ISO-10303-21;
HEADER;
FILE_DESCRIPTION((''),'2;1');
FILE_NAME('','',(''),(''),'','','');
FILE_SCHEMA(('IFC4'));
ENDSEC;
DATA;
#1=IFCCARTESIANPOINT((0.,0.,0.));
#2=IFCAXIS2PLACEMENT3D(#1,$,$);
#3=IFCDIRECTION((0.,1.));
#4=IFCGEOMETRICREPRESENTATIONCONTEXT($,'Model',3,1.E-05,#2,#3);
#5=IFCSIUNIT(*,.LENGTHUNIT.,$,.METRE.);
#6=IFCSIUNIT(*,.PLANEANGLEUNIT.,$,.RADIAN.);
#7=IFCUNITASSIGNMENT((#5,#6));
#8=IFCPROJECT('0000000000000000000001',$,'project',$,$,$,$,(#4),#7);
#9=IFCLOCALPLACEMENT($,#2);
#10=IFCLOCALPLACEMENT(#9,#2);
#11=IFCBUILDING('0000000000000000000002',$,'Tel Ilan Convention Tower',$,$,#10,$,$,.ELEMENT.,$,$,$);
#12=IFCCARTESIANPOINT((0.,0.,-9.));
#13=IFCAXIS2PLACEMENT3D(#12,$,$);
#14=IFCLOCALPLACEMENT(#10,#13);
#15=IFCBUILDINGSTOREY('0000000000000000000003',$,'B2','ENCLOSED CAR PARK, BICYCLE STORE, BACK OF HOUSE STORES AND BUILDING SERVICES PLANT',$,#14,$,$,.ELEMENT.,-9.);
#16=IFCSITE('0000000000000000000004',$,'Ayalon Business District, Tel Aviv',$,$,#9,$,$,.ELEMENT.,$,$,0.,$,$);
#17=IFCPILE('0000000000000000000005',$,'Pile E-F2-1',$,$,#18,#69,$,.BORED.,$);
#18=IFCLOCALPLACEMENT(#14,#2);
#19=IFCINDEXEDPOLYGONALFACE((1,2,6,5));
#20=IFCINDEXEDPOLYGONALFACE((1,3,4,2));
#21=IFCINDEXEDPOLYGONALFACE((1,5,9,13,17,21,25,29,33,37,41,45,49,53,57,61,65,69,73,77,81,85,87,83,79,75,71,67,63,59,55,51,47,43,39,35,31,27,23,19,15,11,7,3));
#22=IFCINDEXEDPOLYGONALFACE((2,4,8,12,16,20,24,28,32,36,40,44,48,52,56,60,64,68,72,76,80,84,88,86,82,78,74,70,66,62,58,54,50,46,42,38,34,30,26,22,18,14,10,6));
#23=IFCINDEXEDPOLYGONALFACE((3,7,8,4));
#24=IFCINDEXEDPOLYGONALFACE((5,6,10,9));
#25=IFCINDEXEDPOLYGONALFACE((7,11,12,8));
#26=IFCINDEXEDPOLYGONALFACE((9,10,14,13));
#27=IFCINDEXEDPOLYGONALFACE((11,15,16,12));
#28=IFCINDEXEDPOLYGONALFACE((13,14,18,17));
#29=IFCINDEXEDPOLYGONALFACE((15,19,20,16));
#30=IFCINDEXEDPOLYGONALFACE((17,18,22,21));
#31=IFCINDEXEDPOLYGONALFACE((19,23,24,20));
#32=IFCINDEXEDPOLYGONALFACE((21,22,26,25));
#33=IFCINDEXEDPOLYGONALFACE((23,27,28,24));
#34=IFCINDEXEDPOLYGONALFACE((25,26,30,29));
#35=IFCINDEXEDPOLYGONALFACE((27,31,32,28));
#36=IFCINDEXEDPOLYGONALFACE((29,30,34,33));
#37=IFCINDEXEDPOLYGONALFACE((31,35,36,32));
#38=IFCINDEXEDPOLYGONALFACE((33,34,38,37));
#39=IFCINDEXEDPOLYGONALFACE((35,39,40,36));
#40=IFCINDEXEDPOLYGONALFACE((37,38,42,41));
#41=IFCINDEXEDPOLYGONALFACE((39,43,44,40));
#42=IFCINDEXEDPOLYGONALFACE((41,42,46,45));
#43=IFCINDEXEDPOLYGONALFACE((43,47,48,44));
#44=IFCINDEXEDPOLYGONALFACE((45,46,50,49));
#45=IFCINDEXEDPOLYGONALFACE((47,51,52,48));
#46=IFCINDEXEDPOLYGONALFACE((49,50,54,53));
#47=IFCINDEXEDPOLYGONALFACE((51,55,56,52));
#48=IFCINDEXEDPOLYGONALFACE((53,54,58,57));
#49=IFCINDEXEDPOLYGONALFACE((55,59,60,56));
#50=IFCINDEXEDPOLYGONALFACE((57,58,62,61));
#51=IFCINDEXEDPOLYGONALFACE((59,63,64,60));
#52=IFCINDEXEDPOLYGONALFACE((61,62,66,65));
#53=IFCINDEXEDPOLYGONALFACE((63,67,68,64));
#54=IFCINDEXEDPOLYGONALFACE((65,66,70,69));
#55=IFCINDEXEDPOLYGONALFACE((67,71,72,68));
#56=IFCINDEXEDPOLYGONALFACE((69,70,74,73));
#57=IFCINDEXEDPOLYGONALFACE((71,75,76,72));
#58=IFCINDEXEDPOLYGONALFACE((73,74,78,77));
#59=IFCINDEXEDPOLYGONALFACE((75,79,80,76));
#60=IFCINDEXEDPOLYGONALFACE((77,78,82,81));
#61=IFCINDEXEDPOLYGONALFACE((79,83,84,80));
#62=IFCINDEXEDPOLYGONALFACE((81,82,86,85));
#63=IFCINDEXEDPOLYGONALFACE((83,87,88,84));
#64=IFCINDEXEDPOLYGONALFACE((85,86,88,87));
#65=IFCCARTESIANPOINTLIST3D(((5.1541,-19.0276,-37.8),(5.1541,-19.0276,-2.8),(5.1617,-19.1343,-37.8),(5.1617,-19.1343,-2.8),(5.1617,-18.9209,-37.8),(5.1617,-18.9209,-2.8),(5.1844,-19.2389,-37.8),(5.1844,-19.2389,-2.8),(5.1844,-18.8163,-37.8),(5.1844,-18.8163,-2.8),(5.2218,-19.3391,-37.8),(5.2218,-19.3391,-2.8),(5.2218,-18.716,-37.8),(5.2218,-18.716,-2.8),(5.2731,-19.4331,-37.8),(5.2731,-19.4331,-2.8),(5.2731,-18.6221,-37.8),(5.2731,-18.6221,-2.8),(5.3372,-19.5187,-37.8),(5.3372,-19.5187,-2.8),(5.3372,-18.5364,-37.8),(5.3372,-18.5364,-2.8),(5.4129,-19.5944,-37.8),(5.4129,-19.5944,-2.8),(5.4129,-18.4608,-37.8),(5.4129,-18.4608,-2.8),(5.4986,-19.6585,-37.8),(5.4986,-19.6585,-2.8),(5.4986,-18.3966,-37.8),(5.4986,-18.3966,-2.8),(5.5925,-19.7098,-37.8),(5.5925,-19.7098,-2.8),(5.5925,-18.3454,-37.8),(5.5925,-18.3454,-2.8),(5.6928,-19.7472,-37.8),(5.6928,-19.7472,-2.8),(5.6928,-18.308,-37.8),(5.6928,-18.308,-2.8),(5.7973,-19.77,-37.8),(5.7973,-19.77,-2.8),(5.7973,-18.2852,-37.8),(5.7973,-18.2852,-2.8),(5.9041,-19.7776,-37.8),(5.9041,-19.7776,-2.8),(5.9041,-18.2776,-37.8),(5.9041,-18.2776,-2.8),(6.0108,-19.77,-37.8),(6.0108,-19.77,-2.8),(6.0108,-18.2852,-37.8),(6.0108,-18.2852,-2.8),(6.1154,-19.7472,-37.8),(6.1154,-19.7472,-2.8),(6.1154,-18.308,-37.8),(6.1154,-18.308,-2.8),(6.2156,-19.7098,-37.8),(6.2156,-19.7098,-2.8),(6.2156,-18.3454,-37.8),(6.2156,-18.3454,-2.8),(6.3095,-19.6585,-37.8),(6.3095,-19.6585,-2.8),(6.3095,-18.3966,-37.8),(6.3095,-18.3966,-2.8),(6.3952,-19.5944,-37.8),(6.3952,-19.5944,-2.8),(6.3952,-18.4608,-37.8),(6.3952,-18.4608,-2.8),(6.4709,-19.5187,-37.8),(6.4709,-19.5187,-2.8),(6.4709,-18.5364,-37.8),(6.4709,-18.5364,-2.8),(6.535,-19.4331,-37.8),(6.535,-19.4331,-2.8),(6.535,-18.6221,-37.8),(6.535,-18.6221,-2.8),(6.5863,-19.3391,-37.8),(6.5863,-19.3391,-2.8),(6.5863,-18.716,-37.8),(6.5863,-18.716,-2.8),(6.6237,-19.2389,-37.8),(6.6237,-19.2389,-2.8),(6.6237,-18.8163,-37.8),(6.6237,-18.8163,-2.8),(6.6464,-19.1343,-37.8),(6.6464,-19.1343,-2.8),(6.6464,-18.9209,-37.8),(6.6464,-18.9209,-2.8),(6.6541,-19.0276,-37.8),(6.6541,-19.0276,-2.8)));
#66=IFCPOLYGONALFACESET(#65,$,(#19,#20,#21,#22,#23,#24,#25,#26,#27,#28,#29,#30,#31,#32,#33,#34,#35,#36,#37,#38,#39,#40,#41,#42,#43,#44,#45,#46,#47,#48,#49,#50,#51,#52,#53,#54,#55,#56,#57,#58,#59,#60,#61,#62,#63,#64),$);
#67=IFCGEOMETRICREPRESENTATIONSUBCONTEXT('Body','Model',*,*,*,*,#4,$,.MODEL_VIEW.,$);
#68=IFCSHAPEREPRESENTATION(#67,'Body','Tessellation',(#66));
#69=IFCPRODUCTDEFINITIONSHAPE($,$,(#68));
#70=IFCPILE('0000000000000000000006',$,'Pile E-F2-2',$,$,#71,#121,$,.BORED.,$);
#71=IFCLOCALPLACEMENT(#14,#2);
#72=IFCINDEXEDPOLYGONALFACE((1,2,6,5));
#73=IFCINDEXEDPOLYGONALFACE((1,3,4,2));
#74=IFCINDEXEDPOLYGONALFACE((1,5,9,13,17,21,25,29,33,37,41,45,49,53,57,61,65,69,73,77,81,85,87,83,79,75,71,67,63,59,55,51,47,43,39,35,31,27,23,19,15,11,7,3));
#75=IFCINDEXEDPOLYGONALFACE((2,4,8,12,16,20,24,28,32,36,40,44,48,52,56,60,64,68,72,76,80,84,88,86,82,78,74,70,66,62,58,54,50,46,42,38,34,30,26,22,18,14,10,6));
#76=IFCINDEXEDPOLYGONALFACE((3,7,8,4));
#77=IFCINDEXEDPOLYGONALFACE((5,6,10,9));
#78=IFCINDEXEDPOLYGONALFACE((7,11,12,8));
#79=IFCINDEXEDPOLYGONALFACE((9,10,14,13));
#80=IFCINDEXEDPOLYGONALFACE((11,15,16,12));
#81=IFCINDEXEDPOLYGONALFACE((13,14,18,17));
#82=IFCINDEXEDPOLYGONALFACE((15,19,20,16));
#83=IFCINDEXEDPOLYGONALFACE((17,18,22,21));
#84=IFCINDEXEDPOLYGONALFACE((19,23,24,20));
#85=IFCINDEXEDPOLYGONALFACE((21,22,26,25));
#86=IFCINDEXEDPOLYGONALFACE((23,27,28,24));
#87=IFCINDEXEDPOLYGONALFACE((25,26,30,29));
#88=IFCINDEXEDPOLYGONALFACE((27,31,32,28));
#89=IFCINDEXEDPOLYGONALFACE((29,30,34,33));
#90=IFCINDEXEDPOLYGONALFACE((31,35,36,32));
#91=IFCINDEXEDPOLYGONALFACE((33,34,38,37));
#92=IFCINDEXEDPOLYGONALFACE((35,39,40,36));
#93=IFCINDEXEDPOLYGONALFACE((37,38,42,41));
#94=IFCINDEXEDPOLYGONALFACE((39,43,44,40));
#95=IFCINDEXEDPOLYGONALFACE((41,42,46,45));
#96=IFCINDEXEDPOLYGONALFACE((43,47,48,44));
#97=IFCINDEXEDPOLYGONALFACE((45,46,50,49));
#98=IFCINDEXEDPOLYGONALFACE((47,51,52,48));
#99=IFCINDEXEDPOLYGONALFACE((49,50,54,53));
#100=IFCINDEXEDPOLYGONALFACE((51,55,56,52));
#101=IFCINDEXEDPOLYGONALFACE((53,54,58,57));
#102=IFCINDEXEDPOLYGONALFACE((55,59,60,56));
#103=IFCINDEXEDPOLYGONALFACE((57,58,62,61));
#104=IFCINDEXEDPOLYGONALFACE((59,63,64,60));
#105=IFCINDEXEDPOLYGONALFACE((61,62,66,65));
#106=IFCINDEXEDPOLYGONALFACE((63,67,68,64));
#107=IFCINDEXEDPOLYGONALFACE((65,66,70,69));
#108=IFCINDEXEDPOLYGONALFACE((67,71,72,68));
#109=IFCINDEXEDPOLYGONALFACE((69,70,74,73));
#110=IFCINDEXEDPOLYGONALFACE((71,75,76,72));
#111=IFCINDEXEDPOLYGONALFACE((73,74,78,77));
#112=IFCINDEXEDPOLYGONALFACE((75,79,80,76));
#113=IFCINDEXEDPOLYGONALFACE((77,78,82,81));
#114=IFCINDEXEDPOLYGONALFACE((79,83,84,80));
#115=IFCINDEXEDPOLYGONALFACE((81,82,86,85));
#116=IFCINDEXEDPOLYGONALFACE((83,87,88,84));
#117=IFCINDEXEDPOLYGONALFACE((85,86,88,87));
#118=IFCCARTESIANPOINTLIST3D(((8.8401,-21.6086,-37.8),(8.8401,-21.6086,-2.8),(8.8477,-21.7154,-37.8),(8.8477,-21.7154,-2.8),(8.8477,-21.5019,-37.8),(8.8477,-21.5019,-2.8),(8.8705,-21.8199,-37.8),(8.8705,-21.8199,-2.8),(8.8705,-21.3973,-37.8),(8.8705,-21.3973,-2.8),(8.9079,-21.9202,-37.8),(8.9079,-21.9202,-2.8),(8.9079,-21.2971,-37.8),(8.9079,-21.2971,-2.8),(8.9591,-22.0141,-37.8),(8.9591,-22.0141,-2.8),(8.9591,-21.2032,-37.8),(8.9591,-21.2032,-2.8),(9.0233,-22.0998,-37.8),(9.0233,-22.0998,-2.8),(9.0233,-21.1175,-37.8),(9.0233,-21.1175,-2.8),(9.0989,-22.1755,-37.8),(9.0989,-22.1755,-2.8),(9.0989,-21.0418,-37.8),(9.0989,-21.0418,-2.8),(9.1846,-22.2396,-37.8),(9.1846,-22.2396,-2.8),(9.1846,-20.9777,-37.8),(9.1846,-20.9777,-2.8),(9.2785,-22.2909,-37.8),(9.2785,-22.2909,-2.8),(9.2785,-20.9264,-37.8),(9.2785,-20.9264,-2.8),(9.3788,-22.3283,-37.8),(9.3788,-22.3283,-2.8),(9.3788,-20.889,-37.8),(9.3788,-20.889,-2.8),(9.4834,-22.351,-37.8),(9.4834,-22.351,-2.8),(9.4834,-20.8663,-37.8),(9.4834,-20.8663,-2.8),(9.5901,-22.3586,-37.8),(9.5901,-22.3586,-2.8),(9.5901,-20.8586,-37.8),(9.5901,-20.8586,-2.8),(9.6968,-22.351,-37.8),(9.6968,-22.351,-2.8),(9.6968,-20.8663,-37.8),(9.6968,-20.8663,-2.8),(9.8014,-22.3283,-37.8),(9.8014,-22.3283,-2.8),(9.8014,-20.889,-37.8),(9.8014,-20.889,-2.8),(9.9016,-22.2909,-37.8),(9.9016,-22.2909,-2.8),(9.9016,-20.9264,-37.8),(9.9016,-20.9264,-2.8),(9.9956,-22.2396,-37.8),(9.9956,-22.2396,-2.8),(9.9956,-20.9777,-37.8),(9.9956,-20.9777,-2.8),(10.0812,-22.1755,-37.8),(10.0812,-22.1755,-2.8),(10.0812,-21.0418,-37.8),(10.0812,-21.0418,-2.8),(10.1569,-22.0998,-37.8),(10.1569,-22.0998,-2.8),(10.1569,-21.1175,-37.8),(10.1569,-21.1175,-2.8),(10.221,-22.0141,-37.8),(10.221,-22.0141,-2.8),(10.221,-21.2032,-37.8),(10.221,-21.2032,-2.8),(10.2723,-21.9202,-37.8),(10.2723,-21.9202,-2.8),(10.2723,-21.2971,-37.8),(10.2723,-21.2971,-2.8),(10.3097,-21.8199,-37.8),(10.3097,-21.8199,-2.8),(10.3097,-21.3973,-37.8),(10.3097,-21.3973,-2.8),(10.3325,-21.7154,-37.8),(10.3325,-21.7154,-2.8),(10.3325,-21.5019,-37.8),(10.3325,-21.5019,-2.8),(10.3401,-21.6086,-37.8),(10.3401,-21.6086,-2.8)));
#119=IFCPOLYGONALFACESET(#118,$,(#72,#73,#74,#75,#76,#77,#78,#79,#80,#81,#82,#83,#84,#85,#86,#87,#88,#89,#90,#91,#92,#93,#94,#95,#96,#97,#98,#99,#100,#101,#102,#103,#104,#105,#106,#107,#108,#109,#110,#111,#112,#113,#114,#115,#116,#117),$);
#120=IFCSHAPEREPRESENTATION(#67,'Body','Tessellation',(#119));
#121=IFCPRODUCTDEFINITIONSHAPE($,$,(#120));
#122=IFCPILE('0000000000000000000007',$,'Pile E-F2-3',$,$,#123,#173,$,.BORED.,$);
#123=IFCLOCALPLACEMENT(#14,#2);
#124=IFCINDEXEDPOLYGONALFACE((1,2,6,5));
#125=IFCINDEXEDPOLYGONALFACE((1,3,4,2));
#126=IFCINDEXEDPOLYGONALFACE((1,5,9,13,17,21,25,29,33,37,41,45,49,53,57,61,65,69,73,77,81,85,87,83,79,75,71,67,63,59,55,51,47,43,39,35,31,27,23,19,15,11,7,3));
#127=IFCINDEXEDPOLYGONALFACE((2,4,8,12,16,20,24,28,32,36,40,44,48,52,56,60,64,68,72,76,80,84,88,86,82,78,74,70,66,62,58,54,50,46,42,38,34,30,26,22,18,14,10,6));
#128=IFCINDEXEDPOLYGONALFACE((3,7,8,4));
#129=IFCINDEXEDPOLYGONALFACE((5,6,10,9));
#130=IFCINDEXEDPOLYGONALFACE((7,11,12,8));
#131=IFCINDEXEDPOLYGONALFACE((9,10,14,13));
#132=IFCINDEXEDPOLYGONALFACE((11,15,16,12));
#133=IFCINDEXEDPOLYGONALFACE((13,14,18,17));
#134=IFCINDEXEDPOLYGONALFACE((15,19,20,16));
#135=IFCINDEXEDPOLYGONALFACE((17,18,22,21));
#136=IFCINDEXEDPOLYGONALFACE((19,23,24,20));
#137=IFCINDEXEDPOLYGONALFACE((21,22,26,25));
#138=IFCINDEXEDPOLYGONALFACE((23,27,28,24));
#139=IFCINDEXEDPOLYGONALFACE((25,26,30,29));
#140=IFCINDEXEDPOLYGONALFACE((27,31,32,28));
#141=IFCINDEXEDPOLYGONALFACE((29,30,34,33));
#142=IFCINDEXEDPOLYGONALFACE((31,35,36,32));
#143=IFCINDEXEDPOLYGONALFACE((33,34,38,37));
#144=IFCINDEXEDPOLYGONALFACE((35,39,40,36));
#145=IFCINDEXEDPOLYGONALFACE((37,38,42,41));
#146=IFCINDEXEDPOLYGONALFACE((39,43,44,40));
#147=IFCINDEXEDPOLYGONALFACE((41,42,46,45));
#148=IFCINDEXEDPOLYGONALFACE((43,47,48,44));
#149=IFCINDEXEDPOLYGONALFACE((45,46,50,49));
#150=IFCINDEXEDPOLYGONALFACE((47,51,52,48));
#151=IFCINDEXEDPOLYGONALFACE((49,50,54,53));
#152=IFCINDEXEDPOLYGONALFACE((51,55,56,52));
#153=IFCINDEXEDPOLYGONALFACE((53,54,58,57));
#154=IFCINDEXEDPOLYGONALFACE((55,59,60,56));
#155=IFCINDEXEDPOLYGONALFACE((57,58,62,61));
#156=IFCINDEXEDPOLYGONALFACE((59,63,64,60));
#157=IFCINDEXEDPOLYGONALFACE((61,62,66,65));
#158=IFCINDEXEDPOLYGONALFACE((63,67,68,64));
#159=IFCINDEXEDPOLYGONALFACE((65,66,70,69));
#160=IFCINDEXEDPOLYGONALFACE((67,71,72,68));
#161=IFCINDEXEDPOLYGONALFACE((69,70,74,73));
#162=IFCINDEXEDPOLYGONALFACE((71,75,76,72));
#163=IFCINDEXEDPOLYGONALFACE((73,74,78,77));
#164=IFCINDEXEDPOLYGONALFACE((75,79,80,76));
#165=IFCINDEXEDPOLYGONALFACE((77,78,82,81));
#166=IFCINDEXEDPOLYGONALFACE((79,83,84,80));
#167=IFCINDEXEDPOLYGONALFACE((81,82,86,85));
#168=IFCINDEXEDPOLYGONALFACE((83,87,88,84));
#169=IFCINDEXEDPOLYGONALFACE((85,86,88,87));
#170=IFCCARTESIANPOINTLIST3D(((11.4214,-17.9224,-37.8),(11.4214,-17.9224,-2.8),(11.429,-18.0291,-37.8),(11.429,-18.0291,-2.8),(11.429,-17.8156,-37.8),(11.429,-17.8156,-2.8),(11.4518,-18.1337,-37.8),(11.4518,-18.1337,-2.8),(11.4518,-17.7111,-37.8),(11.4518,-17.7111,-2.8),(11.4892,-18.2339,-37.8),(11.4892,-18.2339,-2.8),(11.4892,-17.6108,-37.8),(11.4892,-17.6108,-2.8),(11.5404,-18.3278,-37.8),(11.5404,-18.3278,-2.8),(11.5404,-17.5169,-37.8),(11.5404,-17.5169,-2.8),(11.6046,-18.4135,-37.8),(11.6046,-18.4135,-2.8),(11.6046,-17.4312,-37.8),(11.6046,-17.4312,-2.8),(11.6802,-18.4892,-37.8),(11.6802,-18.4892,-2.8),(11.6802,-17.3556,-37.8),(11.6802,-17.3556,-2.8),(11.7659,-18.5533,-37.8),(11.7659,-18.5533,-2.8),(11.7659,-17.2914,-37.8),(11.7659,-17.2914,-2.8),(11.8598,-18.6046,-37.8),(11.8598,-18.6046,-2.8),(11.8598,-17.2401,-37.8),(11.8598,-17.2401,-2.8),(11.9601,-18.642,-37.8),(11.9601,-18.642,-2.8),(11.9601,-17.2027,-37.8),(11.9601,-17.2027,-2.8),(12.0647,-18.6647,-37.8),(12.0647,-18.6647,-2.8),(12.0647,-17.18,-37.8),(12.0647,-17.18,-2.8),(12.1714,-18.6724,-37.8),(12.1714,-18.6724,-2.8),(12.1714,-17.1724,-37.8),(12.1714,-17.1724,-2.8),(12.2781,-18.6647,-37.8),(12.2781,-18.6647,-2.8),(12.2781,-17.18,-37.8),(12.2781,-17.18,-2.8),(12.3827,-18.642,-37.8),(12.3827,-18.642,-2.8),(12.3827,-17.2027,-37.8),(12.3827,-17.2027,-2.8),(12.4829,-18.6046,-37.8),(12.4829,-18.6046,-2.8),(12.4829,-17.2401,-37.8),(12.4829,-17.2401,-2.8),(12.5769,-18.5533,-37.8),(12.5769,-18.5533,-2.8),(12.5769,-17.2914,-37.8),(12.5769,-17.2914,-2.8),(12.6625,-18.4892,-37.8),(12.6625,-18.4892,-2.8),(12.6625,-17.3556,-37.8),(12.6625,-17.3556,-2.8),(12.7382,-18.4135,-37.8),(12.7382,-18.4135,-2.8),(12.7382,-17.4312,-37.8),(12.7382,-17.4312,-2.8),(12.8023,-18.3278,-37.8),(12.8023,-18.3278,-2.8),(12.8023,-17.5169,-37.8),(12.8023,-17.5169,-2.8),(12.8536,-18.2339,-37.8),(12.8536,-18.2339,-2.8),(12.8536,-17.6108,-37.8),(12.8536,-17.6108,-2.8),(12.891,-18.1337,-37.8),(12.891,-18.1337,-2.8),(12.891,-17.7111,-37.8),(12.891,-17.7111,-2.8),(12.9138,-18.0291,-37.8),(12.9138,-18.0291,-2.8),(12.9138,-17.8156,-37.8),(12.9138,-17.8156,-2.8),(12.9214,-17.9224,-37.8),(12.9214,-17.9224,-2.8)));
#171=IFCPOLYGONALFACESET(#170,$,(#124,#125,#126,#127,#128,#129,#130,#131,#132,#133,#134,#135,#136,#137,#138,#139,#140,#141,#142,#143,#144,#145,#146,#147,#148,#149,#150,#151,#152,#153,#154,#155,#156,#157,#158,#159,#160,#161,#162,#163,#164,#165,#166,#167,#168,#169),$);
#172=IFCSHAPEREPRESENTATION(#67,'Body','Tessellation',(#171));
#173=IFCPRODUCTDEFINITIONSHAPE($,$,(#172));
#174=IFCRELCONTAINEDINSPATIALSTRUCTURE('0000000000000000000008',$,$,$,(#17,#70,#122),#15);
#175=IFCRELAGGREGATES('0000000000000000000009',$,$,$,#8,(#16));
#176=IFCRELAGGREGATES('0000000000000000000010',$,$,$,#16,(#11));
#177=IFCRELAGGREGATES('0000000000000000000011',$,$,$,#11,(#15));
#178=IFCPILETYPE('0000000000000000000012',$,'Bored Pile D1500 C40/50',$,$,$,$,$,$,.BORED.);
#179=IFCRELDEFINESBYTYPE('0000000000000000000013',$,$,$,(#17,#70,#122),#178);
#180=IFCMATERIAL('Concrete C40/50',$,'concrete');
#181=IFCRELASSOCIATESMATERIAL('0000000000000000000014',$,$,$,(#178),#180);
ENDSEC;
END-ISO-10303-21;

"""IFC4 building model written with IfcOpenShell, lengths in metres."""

from ifc_helpers import new_model, si_unit, direction, frame, origin, origin_2d, place, context, subcontext, project, spatial, circle, extrude, material, material_profile, profile_set, type_object, element, save


model = new_model("IFC4")

# Units and contexts
model_context = context("Model", 3, precision=1e-05, world=origin(), true_north=direction((0.0, 1.0)))
body_context = subcontext(model_context, "Body", "Model", "MODEL_VIEW")
ifc_project = project(units=[si_unit("LENGTHUNIT", "METRE"), si_unit("PLANEANGLEUNIT", "RADIAN")], contexts=[model_context])

# Site, building, storey
site_placement = place(None, origin())
site = spatial("IfcSite", under=ifc_project, at=site_placement, Name="Ayalon Business District, Tel Aviv", CompositionType="ELEMENT", RefElevation=0.0)
building_placement = place(site_placement, origin())
building = spatial("IfcBuilding", under=site, at=building_placement, Name="Tel Ilan Convention Tower", CompositionType="ELEMENT")
storey_placement = place(building_placement, frame((0.0, 0.0, -9.0)))
storey = spatial("IfcBuildingStorey", under=building, at=storey_placement, Name="B2", Description="ENCLOSED CAR PARK, BICYCLE STORE, BACK OF HOUSE STORES AND BUILDING SERVICES PLANT", CompositionType="ELEMENT", Elevation=-9.0)

# Piles
ifc_material_1 = material(Name="Concrete C40/50", Category="concrete")
ifc_material_profile_1 = material_profile(ifc_material_1, circle(Radius=0.75, at=origin_2d()), Name="BORED D1500")
ifc_profile_set_1 = profile_set([ifc_material_profile_1], Name="Concrete C40/50")
pile_type_1 = type_object("IfcPileType", Name="Bored Pile D1500 C40/50", PredefinedType="BORED", material=ifc_profile_set_1)
for number, where, z_axis, x_axis, name in (
    (1, (5.9041, -19.0276, -2.8), (0.0, 0.0, -1.0), (1.0, 0.0, 0.0), "Pile E-F2-1"),
    (2, (9.5901, -21.6086, -2.8), (0.0, 0.0, -1.0), (1.0, 0.0, 0.0), "Pile E-F2-2"),
    (3, (12.1714, -17.9224, -2.8), (0.0, 0.0, -1.0), (1.0, 0.0, 0.0), "Pile E-F2-3"),
):
    element("IfcPile", number, at=place(storey_placement, frame(where, z_axis=z_axis, x_axis=x_axis)), inside=storey, type_object=pile_type_1, Name=name, PredefinedType="BORED", context=body_context, shape_type="SweptSolid", body=[
        extrude(circle(Radius=0.75, at=origin_2d()), origin(), (0.0, 0.0, 1.0), 35.0),
    ])

save(model, "model.ifc")
